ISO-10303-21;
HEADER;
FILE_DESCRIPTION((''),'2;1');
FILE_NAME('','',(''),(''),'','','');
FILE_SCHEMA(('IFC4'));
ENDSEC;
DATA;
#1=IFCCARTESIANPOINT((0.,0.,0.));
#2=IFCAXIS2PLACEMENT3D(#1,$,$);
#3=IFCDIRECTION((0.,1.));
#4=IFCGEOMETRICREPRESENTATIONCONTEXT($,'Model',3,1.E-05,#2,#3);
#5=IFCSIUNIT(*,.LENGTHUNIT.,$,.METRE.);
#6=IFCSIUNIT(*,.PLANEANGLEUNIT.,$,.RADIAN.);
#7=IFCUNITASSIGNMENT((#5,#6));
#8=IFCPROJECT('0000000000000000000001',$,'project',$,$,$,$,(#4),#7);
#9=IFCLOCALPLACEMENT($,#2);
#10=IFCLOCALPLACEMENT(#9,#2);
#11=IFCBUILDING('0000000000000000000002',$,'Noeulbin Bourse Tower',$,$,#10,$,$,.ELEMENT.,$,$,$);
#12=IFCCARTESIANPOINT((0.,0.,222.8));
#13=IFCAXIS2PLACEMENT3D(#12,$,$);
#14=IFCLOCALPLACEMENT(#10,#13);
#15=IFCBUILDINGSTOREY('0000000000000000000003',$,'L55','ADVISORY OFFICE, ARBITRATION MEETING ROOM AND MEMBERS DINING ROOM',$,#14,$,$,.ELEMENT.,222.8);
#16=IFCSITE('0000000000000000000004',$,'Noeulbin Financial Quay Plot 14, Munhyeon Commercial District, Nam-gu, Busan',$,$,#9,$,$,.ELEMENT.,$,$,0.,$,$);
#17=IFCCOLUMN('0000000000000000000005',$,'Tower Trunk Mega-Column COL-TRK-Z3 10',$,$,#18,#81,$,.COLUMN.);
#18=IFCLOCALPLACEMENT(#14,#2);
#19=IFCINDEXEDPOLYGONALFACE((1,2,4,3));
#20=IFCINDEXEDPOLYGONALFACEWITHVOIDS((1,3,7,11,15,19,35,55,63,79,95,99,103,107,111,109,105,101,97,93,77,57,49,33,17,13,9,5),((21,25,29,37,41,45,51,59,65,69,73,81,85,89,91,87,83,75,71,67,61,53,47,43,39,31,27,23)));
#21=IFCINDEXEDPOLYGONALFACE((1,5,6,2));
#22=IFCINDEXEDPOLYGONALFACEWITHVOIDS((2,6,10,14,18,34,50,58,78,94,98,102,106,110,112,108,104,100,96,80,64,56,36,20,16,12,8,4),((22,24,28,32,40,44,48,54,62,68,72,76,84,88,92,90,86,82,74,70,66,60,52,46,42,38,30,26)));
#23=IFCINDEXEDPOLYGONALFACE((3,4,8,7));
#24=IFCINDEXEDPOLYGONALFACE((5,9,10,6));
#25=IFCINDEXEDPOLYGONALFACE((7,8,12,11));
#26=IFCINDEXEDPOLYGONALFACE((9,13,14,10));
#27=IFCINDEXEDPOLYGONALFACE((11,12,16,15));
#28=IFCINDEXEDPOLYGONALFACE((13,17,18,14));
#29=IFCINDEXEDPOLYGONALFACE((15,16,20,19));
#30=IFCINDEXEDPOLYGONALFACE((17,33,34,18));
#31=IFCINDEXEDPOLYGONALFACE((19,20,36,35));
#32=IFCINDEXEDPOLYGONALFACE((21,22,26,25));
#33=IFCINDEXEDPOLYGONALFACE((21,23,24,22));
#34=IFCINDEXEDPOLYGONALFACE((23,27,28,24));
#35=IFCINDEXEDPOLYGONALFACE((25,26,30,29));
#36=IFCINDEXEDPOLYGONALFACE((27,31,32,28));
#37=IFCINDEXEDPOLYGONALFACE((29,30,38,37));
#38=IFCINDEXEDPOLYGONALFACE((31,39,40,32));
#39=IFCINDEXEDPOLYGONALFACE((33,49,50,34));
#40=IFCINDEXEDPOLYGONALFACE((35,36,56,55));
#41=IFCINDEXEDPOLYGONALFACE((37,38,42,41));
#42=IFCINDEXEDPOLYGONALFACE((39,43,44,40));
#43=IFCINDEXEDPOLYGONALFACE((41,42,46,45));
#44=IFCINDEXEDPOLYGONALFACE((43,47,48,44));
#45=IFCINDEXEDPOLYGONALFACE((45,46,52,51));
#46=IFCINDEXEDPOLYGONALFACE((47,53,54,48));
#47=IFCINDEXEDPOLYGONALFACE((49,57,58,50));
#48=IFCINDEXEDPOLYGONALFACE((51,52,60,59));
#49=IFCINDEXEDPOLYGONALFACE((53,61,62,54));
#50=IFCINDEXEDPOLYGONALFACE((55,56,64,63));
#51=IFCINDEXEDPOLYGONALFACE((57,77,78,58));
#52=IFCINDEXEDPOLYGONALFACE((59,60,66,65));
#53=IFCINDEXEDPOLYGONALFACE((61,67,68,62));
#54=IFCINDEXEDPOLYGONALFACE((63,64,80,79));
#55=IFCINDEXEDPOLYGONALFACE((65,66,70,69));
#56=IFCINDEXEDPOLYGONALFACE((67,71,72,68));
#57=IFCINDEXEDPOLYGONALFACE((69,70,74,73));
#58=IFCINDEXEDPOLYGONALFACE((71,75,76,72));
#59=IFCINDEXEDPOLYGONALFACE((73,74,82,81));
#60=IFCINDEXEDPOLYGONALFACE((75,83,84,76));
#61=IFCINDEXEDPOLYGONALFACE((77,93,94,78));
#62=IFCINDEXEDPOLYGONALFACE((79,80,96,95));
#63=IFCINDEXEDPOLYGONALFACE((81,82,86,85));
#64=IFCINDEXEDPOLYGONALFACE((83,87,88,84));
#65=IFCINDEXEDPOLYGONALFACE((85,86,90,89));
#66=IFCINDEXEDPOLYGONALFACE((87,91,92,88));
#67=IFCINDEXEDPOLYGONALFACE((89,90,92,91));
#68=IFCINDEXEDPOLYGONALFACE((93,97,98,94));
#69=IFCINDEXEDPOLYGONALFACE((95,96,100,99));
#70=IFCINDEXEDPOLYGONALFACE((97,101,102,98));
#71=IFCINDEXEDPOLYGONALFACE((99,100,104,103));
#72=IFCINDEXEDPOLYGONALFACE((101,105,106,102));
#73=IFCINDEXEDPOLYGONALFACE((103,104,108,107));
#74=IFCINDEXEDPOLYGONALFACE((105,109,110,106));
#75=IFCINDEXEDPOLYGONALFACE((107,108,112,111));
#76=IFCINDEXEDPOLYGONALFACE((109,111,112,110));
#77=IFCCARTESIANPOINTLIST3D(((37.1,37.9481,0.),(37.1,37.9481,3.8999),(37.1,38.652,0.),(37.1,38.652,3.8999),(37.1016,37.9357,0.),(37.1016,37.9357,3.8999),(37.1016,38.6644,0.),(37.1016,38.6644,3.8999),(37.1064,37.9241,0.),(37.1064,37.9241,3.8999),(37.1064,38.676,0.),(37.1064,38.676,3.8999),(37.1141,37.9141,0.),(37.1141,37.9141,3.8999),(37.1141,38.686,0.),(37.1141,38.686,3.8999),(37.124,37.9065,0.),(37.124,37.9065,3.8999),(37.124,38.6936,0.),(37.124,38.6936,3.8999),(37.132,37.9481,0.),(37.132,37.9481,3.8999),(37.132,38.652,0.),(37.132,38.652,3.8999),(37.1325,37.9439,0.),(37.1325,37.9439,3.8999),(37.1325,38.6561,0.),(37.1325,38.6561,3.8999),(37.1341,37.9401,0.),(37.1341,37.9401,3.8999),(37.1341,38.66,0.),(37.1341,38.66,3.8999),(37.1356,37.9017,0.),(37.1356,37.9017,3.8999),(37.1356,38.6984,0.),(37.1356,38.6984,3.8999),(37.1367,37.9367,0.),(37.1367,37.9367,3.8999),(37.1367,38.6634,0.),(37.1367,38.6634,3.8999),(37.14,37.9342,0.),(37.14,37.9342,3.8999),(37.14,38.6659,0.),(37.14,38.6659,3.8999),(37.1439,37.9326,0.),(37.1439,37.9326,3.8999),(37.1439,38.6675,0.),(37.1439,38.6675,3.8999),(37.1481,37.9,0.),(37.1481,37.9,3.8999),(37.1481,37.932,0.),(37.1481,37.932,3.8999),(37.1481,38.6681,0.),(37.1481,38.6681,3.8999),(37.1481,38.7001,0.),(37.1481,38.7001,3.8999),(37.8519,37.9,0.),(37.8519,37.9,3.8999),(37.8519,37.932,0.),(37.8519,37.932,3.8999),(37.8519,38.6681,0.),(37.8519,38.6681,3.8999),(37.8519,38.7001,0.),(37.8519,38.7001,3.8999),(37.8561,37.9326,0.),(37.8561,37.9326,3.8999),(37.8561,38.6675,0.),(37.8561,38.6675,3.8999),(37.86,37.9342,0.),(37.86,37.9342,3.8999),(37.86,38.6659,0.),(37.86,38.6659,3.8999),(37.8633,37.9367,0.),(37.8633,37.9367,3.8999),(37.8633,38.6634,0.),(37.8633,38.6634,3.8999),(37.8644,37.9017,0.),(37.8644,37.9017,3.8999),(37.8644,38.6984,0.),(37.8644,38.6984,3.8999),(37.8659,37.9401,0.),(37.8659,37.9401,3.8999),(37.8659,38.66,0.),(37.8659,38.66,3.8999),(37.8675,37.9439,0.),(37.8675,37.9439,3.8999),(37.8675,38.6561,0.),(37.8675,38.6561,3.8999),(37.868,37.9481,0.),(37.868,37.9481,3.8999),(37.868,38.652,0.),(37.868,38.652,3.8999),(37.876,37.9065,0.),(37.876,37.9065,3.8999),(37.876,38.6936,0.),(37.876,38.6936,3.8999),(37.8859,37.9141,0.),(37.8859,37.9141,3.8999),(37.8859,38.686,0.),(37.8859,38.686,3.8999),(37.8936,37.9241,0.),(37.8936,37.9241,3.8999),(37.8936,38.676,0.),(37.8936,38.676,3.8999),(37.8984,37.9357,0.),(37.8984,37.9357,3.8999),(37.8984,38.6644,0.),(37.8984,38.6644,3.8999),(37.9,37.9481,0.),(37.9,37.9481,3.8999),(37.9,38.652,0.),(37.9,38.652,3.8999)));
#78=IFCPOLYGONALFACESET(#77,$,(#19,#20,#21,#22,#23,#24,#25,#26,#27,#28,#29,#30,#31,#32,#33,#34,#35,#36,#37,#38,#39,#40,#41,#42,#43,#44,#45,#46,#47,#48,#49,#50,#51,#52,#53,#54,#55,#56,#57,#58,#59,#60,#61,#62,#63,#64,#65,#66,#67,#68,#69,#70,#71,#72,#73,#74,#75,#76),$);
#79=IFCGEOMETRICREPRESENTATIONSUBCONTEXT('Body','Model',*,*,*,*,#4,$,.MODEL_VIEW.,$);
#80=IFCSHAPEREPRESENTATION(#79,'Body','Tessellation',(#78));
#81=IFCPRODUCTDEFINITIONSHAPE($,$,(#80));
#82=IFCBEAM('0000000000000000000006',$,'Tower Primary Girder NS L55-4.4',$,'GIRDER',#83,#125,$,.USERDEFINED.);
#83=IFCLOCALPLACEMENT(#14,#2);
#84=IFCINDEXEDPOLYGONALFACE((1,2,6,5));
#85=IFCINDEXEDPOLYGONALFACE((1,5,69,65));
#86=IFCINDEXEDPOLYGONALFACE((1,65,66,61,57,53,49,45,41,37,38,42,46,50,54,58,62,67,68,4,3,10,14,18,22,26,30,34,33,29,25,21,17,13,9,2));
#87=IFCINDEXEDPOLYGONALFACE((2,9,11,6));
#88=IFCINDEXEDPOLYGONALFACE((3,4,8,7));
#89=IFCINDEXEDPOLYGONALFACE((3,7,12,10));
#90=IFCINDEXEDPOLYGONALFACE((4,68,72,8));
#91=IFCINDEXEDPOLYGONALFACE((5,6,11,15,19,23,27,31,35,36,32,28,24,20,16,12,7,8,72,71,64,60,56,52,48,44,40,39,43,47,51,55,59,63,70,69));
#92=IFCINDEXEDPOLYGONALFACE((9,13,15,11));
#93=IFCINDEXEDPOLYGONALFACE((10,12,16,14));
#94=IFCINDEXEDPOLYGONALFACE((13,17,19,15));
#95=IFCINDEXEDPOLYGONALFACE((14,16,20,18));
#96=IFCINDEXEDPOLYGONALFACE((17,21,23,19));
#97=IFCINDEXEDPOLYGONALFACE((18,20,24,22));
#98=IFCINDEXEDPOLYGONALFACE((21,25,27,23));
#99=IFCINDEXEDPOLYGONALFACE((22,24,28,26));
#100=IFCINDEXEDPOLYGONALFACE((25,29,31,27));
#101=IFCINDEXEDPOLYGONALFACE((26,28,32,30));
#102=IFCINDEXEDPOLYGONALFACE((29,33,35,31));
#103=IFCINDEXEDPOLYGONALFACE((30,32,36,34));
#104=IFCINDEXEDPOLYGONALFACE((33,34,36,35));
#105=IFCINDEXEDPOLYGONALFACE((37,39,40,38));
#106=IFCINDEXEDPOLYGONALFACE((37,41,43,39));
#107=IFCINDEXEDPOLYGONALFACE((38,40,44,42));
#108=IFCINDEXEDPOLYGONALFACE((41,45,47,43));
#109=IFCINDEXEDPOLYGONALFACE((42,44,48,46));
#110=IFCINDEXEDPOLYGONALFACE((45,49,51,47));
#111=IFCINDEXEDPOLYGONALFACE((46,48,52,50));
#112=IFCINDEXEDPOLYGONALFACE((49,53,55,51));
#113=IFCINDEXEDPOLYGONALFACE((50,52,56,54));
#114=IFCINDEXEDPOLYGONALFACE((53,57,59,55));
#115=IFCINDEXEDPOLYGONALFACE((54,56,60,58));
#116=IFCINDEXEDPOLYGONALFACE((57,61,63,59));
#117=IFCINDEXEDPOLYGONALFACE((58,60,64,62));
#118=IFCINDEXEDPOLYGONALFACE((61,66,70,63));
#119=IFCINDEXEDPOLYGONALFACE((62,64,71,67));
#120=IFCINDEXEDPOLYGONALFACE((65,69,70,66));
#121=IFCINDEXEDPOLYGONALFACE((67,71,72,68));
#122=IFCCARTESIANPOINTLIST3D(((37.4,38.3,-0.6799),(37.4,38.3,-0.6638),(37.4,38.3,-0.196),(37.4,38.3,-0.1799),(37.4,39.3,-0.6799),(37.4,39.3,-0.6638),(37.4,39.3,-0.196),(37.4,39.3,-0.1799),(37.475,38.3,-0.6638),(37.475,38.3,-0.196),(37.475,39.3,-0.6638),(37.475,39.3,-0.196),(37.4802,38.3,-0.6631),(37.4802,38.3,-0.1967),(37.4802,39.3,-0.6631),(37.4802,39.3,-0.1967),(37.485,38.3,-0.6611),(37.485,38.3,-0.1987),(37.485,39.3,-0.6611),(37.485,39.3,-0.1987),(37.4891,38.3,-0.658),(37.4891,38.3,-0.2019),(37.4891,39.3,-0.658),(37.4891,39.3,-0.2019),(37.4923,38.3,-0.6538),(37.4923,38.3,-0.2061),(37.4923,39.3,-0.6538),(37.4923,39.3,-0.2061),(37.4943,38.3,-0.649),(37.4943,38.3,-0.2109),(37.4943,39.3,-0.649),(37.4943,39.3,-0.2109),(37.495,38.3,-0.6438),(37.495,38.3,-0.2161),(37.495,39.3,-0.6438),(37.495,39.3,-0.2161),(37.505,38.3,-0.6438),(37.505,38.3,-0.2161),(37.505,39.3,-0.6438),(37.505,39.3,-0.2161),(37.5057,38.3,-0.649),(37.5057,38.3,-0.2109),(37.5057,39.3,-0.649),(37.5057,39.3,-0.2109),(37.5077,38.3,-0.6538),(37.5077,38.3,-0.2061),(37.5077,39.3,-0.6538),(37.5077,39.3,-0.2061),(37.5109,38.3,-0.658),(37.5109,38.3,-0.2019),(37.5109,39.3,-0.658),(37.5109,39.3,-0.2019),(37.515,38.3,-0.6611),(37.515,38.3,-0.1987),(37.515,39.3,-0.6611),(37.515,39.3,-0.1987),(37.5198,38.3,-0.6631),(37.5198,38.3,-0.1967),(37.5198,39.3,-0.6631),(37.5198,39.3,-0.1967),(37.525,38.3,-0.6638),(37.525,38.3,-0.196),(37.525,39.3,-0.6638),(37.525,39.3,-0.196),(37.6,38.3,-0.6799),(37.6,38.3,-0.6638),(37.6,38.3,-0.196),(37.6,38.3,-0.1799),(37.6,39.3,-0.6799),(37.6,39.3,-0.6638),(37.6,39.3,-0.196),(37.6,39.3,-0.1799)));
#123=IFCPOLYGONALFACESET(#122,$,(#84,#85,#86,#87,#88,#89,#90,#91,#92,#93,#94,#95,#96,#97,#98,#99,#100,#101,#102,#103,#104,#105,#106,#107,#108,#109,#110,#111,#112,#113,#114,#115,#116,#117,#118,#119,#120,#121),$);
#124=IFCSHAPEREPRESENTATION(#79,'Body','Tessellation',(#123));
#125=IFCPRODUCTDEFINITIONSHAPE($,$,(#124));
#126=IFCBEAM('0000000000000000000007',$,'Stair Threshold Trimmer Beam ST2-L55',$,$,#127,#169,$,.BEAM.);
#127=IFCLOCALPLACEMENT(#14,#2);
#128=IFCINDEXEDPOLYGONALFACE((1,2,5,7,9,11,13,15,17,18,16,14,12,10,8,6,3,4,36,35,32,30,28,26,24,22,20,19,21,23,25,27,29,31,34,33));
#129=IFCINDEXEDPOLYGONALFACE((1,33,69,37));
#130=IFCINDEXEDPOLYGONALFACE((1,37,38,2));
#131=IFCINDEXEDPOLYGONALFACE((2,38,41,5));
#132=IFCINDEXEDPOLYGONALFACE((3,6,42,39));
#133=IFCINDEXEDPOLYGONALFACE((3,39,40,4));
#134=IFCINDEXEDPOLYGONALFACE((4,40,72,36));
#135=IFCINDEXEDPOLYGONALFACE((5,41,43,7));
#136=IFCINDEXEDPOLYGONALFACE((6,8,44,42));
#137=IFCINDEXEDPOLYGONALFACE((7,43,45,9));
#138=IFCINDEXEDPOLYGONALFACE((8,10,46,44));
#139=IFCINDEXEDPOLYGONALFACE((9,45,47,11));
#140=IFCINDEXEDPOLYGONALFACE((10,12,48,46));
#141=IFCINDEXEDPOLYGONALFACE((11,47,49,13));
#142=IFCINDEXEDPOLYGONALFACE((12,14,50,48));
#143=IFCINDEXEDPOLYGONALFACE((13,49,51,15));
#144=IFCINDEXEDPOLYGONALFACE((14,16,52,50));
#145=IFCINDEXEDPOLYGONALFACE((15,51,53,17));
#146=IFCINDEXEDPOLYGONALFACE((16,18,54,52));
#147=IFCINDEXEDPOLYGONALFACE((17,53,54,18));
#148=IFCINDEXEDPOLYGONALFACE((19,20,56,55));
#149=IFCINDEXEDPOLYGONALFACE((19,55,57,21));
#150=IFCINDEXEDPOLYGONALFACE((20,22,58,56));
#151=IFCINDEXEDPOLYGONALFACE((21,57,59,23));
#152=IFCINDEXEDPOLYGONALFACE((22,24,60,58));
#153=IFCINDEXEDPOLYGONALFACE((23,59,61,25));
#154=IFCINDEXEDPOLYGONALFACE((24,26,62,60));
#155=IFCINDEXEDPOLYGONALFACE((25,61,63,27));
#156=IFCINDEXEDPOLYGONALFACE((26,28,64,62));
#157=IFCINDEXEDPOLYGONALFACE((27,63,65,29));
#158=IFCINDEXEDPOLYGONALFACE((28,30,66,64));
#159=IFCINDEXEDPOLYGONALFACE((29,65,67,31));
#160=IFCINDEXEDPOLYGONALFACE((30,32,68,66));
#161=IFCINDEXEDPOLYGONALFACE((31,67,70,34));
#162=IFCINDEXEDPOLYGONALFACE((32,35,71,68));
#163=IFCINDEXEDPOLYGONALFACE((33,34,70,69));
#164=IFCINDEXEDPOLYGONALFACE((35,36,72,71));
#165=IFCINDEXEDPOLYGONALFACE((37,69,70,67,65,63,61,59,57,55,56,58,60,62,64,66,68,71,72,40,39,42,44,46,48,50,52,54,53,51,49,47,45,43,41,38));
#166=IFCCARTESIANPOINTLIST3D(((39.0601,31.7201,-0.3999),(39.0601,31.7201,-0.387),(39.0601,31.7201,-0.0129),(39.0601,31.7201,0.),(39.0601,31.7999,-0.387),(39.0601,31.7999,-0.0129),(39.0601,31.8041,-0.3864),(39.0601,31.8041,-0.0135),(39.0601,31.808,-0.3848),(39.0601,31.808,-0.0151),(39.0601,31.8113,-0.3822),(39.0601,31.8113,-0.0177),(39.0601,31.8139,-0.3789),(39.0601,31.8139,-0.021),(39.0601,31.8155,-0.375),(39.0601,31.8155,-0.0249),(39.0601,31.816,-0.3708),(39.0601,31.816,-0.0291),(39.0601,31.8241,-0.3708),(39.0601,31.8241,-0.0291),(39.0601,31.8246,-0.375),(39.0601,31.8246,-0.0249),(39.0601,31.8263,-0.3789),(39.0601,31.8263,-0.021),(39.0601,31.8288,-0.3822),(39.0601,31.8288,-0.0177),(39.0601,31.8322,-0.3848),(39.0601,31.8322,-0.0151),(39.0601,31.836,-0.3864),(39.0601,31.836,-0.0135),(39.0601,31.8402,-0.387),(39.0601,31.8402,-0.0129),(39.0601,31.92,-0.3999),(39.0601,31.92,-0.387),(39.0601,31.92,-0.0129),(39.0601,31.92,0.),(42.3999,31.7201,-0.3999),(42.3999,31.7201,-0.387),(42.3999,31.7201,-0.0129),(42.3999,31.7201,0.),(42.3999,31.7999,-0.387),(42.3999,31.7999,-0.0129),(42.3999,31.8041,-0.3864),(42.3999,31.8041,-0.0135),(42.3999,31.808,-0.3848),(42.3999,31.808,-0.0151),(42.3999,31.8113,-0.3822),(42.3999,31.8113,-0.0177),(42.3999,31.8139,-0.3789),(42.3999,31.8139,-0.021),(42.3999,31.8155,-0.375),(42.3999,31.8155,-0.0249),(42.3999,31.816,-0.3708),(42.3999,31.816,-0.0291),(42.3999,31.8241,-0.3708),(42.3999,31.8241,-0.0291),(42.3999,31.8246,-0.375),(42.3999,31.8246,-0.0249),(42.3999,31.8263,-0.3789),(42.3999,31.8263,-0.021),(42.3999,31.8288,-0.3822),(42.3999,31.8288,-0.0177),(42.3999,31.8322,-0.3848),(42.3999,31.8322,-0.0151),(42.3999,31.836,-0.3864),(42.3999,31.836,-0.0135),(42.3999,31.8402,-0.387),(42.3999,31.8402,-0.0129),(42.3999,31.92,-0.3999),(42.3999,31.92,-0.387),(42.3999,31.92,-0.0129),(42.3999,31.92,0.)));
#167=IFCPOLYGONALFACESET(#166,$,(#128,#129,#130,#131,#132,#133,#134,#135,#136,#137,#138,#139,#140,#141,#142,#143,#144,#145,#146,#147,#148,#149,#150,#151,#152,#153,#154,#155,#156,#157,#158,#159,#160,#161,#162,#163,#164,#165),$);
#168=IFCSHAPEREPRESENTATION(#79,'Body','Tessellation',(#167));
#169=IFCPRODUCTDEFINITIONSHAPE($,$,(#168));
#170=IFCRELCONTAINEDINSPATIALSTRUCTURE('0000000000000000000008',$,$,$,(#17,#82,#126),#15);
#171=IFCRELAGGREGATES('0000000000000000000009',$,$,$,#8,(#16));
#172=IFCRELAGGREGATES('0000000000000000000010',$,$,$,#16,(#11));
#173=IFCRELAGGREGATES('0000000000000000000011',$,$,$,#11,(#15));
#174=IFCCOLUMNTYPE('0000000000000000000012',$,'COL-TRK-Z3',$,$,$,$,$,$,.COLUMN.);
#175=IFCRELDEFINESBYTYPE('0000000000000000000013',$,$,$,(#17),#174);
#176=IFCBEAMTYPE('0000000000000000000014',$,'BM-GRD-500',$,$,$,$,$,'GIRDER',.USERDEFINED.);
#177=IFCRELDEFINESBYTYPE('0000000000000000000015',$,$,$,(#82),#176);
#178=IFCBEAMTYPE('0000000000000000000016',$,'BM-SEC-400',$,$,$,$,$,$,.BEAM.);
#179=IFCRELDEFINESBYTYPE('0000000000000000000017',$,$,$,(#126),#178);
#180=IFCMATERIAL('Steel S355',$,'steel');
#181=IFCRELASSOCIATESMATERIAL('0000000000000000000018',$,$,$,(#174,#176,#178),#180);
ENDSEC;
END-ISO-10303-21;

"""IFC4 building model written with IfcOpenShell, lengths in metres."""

from ifc_helpers import new_model, si_unit, direction, frame, origin, origin_2d, place, context, subcontext, project, spatial, hollow_rectangle, i_section, extrude, material, material_profile, profile_set, type_object, element, save


model = new_model("IFC4")

# Units and contexts
model_context = context("Model", 3, precision=1e-05, world=origin(), true_north=direction((0.0, 1.0)))
body_context = subcontext(model_context, "Body", "Model", "MODEL_VIEW")
ifc_project = project(units=[si_unit("LENGTHUNIT", "METRE"), si_unit("PLANEANGLEUNIT", "RADIAN")], contexts=[model_context])

# Site, building, storey
site_placement = place(None, origin())
site = spatial("IfcSite", under=ifc_project, at=site_placement, Name="Noeulbin Financial Quay Plot 14, Munhyeon Commercial District, Nam-gu, Busan", CompositionType="ELEMENT", RefElevation=0.0)
building_placement = place(site_placement, origin())
building = spatial("IfcBuilding", under=site, at=building_placement, Name="Noeulbin Bourse Tower", CompositionType="ELEMENT")
storey_placement = place(building_placement, frame((0.0, 0.0, 222.8)))
storey = spatial("IfcBuildingStorey", under=building, at=storey_placement, Name="L55", Description="ADVISORY OFFICE, ARBITRATION MEETING ROOM AND MEMBERS DINING ROOM", CompositionType="ELEMENT", Elevation=222.8)

# Column
ifc_material_1 = material(Name="Steel S355", Category="steel")
ifc_material_profile_1 = material_profile(ifc_material_1, hollow_rectangle(XDim=0.8, YDim=0.8, WallThickness=0.032, InnerFilletRadius=0.0161, OuterFilletRadius=0.0481, at=origin_2d()), Name="BOX-800x800x32", Category="LoadBearing")
ifc_profile_set_1 = profile_set([ifc_material_profile_1], Name="Steel S355")
column_type = type_object("IfcColumnType", Name="COL-TRK-Z3", PredefinedType="COLUMN", material=ifc_profile_set_1)
column_placement = place(storey_placement, frame((37.5, 38.3, 0.0), z_axis=(0.0, 0.0, 1.0), x_axis=(1.0, 0.0, 0.0)))
element("IfcColumn", 1, at=column_placement, inside=storey, type_object=column_type, Name="Tower Trunk Mega-Column COL-TRK-Z3 10", PredefinedType="COLUMN", context=body_context, shape_type="SweptSolid", body=[
    extrude(hollow_rectangle(XDim=0.8, YDim=0.8, WallThickness=0.032, InnerFilletRadius=0.0161, OuterFilletRadius=0.0481, at=origin_2d()), origin(), (0.0, 0.0, 1.0), 3.8999),
])

# Beams
ifc_material_profile_2 = material_profile(ifc_material_1, i_section(OverallWidth=0.2, OverallDepth=0.5, WebThickness=0.01, FlangeThickness=0.0161, FilletRadius=0.02, at=origin_2d()), Name="H-500x200x10x16", Category="LoadBearing")
ifc_profile_set_2 = profile_set([ifc_material_profile_2], Name="Steel S355")
beam_type_1 = type_object("IfcBeamType", Name="BM-GRD-500", ElementType="GIRDER", PredefinedType="USERDEFINED", material=ifc_profile_set_2)
beam_1_placement = place(storey_placement, frame((37.5, 38.3, -0.4299), z_axis=(0.0, 1.0, 0.0), x_axis=(-1.0, 0.0, 0.0)))
element("IfcBeam", 2, at=beam_1_placement, inside=storey, type_object=beam_type_1, Name="Tower Primary Girder NS L55-4.4", ObjectType="GIRDER", PredefinedType="USERDEFINED", context=body_context, shape_type="SweptSolid", body=[
    extrude(i_section(OverallWidth=0.2, OverallDepth=0.5, WebThickness=0.01, FlangeThickness=0.0161, FilletRadius=0.02, at=origin_2d()), origin(), (0.0, 0.0, 1.0), 1.0),
])
ifc_material_profile_3 = material_profile(ifc_material_1, i_section(OverallWidth=0.2, OverallDepth=0.3999, WebThickness=0.0081, FlangeThickness=0.0129, FilletRadius=0.0161, at=origin_2d()), Name="H-400x200x8x13", Category="LoadBearing")
ifc_profile_set_3 = profile_set([ifc_material_profile_3], Name="Steel S355")
beam_type_2 = type_object("IfcBeamType", Name="BM-SEC-400", PredefinedType="BEAM", material=ifc_profile_set_3)
beam_2_placement = place(storey_placement, frame((39.0601, 31.8201, -0.2), z_axis=(1.0, 0.0, 0.0), x_axis=(0.0, 1.0, 0.0)))
element("IfcBeam", 3, at=beam_2_placement, inside=storey, type_object=beam_type_2, Name="Stair Threshold Trimmer Beam ST2-L55", PredefinedType="BEAM", context=body_context, shape_type="SweptSolid", body=[
    extrude(i_section(OverallWidth=0.2, OverallDepth=0.3999, WebThickness=0.0081, FlangeThickness=0.0129, FilletRadius=0.0161, at=origin_2d()), origin(), (0.0, 0.0, 1.0), 3.3398),
])

save(model, "model.ifc")
